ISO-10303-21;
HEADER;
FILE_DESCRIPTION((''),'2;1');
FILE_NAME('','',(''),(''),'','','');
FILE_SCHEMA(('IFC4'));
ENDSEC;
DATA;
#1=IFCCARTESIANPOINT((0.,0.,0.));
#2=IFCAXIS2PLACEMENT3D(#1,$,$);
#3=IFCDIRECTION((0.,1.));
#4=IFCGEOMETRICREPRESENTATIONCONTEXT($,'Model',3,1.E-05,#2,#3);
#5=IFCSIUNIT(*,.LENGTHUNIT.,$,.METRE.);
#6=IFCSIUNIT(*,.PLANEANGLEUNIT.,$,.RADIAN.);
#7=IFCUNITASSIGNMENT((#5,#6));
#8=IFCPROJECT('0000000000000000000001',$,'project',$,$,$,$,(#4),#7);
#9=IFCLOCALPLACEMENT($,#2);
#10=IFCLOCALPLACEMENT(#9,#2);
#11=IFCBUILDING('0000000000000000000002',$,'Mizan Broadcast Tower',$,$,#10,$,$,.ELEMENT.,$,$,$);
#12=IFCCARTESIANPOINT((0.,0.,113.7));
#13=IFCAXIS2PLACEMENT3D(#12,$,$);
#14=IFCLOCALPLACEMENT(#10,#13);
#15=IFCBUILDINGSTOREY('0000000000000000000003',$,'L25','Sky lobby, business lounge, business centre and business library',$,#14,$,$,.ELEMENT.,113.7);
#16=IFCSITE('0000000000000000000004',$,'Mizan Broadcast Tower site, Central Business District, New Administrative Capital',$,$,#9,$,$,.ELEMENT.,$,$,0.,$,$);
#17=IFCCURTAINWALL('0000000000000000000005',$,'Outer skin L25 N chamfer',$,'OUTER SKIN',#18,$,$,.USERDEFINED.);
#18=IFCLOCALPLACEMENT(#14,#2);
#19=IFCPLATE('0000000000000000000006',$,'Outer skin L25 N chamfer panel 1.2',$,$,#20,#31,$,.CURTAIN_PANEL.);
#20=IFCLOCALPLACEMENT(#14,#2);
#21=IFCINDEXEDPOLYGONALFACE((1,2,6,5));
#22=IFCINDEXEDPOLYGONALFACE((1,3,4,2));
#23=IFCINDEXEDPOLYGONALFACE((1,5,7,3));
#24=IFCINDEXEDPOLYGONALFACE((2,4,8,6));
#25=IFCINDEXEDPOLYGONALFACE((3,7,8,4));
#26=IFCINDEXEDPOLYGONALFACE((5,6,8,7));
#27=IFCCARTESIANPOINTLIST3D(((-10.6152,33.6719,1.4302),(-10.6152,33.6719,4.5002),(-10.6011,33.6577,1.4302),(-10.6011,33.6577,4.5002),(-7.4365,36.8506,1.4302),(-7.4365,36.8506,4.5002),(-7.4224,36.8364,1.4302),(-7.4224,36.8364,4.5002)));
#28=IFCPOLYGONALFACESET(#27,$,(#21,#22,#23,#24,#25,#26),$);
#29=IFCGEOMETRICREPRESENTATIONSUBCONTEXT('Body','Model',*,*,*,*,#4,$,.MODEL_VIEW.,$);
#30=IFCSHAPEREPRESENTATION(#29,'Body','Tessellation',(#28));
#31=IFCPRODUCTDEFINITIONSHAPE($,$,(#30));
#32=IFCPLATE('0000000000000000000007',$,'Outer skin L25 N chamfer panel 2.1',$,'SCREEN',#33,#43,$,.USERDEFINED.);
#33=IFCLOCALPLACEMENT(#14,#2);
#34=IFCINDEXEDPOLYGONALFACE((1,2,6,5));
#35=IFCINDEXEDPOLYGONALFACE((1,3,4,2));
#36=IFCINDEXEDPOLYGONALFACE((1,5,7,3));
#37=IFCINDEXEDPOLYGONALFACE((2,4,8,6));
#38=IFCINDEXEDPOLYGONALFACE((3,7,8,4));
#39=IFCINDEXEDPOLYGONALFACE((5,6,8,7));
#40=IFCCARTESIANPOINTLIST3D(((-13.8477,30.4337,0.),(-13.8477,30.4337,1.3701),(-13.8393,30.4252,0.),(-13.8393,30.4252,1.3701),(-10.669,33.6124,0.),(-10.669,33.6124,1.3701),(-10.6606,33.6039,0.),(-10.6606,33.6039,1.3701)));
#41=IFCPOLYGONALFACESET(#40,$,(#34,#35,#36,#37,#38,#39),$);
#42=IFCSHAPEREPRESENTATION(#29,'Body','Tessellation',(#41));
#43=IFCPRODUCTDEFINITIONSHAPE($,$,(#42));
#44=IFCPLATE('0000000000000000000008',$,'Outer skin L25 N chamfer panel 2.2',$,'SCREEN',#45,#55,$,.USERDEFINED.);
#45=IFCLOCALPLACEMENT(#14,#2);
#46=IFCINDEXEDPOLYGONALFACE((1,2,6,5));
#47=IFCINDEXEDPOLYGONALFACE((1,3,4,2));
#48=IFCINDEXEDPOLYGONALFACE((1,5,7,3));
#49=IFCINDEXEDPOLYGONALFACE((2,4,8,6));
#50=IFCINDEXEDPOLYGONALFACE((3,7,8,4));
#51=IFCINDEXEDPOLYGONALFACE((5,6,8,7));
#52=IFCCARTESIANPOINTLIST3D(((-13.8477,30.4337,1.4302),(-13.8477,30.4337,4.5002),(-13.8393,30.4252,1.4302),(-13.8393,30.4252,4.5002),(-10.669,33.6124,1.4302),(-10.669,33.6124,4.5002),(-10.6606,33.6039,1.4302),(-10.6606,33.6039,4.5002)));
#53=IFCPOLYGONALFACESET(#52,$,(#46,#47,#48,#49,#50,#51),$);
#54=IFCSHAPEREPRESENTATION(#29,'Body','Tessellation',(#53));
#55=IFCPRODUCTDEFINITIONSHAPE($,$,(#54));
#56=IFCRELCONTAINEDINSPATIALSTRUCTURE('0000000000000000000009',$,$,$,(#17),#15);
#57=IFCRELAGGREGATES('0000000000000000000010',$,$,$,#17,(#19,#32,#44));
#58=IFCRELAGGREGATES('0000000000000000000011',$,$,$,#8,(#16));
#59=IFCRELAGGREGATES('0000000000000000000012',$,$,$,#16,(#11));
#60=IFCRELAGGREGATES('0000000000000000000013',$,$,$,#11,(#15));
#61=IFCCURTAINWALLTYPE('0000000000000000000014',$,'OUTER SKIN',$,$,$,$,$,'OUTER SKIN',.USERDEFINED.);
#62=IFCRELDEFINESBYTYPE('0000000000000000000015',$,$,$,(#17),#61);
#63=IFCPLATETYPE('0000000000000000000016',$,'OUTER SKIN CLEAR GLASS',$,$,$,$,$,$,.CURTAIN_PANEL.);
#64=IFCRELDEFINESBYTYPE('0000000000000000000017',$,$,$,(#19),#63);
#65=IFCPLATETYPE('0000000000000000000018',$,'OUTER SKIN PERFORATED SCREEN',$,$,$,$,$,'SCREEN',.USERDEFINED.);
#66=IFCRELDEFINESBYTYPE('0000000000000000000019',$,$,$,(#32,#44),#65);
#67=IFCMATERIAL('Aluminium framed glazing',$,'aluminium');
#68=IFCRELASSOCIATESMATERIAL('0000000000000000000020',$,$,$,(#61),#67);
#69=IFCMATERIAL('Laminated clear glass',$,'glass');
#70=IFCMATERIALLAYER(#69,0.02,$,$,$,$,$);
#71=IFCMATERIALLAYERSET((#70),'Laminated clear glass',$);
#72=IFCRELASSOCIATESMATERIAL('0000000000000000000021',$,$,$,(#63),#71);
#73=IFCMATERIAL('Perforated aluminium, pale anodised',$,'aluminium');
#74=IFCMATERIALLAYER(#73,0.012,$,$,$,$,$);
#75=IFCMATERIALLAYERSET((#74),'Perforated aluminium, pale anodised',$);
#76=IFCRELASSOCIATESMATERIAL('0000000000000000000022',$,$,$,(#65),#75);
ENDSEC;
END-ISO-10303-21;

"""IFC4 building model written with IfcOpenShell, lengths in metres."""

from ifc_helpers import new_model, si_unit, direction, frame, origin, origin_2d, place, context, subcontext, project, spatial, rectangle, extrude, material, layer, layer_set, type_object, element, aggregate, save


model = new_model("IFC4")

# Units and contexts
model_context = context("Model", 3, precision=1e-05, world=origin(), true_north=direction((0.0, 1.0)))
body_context = subcontext(model_context, "Body", "Model", "MODEL_VIEW")
ifc_project = project(units=[si_unit("LENGTHUNIT", "METRE"), si_unit("PLANEANGLEUNIT", "RADIAN")], contexts=[model_context])

# Site, building, storey
site_placement = place(None, origin())
site = spatial("IfcSite", under=ifc_project, at=site_placement, Name="Mizan Broadcast Tower site, Central Business District, New Administrative Capital", CompositionType="ELEMENT", RefElevation=0.0)
building_placement = place(site_placement, origin())
building = spatial("IfcBuilding", under=site, at=building_placement, Name="Mizan Broadcast Tower", CompositionType="ELEMENT")
storey_placement = place(building_placement, frame((0.0, 0.0, 113.7)))
storey = spatial("IfcBuildingStorey", under=building, at=storey_placement, Name="L25", Description="Sky lobby, business lounge, business centre and business library", CompositionType="ELEMENT", Elevation=113.7)

# Curtain wall
ifc_material_1 = material(Name="Aluminium framed glazing", Category="aluminium")
curtain_wall_type_1 = type_object("IfcCurtainWallType", Name="OUTER SKIN", ElementType="OUTER SKIN", PredefinedType="USERDEFINED", material=ifc_material_1)
curtain_wall_1_placement = place(storey_placement, origin())
curtain_wall_1 = element("IfcCurtainWall", 1, at=curtain_wall_1_placement, inside=storey, type_object=curtain_wall_type_1, Name="Outer skin L25 N chamfer", ObjectType="OUTER SKIN", PredefinedType="USERDEFINED")

# Plates
ifc_material_2 = material(Name="Laminated clear glass", Category="glass")
ifc_layer_1 = layer(ifc_material_2, 0.02)
ifc_layer_set_1 = layer_set([ifc_layer_1], Name="Laminated clear glass")
plate_type_1 = type_object("IfcPlateType", Name="OUTER SKIN CLEAR GLASS", PredefinedType="CURTAIN_PANEL", material=ifc_layer_set_1)
plate_1_placement = place(storey_placement, frame((-9.0188, 35.2542, 1.4302), z_axis=(0.0, 0.0, 1.0), x_axis=(-0.707107, -0.707107, 0.0)))
plate_1 = element("IfcPlate", 2, at=plate_1_placement, type_object=plate_type_1, Name="Outer skin L25 N chamfer panel 1.2", PredefinedType="CURTAIN_PANEL", context=body_context, shape_type="SweptSolid", body=[
    extrude(rectangle(XDim=4.4954, YDim=0.02, at=origin_2d()), origin(), (0.0, 0.0, 1.0), 3.0701),
])
ifc_material_3 = material(Name="Perforated aluminium, pale anodised", Category="aluminium")
ifc_layer_2 = layer(ifc_material_3, 0.012)
ifc_layer_set_2 = layer_set([ifc_layer_2], Name="Perforated aluminium, pale anodised")
plate_type_2 = type_object("IfcPlateType", Name="OUTER SKIN PERFORATED SCREEN", ElementType="SCREEN", PredefinedType="USERDEFINED", material=ifc_layer_set_2)
plate_2_placement = place(storey_placement, frame((-12.2542, 32.0188, 0.0), z_axis=(0.0, 0.0, 1.0), x_axis=(-0.707107, -0.707107, 0.0)))
plate_2 = element("IfcPlate", 3, at=plate_2_placement, type_object=plate_type_2, Name="Outer skin L25 N chamfer panel 2.1", ObjectType="SCREEN", PredefinedType="USERDEFINED", context=body_context, shape_type="SweptSolid", body=[
    extrude(rectangle(XDim=4.4954, YDim=0.012, at=origin_2d()), origin(), (0.0, 0.0, 1.0), 1.3701),
])
plate_3_placement = place(storey_placement, frame((-12.2542, 32.0188, 1.4302), z_axis=(0.0, 0.0, 1.0), x_axis=(-0.707107, -0.707107, 0.0)))
plate_3 = element("IfcPlate", 4, at=plate_3_placement, type_object=plate_type_2, Name="Outer skin L25 N chamfer panel 2.2", ObjectType="SCREEN", PredefinedType="USERDEFINED", context=body_context, shape_type="SweptSolid", body=[
    extrude(rectangle(XDim=4.4954, YDim=0.012, at=origin_2d()), origin(), (0.0, 0.0, 1.0), 3.0701),
])
aggregate(curtain_wall_1, [plate_1, plate_2, plate_3])

save(model, "model.ifc")
